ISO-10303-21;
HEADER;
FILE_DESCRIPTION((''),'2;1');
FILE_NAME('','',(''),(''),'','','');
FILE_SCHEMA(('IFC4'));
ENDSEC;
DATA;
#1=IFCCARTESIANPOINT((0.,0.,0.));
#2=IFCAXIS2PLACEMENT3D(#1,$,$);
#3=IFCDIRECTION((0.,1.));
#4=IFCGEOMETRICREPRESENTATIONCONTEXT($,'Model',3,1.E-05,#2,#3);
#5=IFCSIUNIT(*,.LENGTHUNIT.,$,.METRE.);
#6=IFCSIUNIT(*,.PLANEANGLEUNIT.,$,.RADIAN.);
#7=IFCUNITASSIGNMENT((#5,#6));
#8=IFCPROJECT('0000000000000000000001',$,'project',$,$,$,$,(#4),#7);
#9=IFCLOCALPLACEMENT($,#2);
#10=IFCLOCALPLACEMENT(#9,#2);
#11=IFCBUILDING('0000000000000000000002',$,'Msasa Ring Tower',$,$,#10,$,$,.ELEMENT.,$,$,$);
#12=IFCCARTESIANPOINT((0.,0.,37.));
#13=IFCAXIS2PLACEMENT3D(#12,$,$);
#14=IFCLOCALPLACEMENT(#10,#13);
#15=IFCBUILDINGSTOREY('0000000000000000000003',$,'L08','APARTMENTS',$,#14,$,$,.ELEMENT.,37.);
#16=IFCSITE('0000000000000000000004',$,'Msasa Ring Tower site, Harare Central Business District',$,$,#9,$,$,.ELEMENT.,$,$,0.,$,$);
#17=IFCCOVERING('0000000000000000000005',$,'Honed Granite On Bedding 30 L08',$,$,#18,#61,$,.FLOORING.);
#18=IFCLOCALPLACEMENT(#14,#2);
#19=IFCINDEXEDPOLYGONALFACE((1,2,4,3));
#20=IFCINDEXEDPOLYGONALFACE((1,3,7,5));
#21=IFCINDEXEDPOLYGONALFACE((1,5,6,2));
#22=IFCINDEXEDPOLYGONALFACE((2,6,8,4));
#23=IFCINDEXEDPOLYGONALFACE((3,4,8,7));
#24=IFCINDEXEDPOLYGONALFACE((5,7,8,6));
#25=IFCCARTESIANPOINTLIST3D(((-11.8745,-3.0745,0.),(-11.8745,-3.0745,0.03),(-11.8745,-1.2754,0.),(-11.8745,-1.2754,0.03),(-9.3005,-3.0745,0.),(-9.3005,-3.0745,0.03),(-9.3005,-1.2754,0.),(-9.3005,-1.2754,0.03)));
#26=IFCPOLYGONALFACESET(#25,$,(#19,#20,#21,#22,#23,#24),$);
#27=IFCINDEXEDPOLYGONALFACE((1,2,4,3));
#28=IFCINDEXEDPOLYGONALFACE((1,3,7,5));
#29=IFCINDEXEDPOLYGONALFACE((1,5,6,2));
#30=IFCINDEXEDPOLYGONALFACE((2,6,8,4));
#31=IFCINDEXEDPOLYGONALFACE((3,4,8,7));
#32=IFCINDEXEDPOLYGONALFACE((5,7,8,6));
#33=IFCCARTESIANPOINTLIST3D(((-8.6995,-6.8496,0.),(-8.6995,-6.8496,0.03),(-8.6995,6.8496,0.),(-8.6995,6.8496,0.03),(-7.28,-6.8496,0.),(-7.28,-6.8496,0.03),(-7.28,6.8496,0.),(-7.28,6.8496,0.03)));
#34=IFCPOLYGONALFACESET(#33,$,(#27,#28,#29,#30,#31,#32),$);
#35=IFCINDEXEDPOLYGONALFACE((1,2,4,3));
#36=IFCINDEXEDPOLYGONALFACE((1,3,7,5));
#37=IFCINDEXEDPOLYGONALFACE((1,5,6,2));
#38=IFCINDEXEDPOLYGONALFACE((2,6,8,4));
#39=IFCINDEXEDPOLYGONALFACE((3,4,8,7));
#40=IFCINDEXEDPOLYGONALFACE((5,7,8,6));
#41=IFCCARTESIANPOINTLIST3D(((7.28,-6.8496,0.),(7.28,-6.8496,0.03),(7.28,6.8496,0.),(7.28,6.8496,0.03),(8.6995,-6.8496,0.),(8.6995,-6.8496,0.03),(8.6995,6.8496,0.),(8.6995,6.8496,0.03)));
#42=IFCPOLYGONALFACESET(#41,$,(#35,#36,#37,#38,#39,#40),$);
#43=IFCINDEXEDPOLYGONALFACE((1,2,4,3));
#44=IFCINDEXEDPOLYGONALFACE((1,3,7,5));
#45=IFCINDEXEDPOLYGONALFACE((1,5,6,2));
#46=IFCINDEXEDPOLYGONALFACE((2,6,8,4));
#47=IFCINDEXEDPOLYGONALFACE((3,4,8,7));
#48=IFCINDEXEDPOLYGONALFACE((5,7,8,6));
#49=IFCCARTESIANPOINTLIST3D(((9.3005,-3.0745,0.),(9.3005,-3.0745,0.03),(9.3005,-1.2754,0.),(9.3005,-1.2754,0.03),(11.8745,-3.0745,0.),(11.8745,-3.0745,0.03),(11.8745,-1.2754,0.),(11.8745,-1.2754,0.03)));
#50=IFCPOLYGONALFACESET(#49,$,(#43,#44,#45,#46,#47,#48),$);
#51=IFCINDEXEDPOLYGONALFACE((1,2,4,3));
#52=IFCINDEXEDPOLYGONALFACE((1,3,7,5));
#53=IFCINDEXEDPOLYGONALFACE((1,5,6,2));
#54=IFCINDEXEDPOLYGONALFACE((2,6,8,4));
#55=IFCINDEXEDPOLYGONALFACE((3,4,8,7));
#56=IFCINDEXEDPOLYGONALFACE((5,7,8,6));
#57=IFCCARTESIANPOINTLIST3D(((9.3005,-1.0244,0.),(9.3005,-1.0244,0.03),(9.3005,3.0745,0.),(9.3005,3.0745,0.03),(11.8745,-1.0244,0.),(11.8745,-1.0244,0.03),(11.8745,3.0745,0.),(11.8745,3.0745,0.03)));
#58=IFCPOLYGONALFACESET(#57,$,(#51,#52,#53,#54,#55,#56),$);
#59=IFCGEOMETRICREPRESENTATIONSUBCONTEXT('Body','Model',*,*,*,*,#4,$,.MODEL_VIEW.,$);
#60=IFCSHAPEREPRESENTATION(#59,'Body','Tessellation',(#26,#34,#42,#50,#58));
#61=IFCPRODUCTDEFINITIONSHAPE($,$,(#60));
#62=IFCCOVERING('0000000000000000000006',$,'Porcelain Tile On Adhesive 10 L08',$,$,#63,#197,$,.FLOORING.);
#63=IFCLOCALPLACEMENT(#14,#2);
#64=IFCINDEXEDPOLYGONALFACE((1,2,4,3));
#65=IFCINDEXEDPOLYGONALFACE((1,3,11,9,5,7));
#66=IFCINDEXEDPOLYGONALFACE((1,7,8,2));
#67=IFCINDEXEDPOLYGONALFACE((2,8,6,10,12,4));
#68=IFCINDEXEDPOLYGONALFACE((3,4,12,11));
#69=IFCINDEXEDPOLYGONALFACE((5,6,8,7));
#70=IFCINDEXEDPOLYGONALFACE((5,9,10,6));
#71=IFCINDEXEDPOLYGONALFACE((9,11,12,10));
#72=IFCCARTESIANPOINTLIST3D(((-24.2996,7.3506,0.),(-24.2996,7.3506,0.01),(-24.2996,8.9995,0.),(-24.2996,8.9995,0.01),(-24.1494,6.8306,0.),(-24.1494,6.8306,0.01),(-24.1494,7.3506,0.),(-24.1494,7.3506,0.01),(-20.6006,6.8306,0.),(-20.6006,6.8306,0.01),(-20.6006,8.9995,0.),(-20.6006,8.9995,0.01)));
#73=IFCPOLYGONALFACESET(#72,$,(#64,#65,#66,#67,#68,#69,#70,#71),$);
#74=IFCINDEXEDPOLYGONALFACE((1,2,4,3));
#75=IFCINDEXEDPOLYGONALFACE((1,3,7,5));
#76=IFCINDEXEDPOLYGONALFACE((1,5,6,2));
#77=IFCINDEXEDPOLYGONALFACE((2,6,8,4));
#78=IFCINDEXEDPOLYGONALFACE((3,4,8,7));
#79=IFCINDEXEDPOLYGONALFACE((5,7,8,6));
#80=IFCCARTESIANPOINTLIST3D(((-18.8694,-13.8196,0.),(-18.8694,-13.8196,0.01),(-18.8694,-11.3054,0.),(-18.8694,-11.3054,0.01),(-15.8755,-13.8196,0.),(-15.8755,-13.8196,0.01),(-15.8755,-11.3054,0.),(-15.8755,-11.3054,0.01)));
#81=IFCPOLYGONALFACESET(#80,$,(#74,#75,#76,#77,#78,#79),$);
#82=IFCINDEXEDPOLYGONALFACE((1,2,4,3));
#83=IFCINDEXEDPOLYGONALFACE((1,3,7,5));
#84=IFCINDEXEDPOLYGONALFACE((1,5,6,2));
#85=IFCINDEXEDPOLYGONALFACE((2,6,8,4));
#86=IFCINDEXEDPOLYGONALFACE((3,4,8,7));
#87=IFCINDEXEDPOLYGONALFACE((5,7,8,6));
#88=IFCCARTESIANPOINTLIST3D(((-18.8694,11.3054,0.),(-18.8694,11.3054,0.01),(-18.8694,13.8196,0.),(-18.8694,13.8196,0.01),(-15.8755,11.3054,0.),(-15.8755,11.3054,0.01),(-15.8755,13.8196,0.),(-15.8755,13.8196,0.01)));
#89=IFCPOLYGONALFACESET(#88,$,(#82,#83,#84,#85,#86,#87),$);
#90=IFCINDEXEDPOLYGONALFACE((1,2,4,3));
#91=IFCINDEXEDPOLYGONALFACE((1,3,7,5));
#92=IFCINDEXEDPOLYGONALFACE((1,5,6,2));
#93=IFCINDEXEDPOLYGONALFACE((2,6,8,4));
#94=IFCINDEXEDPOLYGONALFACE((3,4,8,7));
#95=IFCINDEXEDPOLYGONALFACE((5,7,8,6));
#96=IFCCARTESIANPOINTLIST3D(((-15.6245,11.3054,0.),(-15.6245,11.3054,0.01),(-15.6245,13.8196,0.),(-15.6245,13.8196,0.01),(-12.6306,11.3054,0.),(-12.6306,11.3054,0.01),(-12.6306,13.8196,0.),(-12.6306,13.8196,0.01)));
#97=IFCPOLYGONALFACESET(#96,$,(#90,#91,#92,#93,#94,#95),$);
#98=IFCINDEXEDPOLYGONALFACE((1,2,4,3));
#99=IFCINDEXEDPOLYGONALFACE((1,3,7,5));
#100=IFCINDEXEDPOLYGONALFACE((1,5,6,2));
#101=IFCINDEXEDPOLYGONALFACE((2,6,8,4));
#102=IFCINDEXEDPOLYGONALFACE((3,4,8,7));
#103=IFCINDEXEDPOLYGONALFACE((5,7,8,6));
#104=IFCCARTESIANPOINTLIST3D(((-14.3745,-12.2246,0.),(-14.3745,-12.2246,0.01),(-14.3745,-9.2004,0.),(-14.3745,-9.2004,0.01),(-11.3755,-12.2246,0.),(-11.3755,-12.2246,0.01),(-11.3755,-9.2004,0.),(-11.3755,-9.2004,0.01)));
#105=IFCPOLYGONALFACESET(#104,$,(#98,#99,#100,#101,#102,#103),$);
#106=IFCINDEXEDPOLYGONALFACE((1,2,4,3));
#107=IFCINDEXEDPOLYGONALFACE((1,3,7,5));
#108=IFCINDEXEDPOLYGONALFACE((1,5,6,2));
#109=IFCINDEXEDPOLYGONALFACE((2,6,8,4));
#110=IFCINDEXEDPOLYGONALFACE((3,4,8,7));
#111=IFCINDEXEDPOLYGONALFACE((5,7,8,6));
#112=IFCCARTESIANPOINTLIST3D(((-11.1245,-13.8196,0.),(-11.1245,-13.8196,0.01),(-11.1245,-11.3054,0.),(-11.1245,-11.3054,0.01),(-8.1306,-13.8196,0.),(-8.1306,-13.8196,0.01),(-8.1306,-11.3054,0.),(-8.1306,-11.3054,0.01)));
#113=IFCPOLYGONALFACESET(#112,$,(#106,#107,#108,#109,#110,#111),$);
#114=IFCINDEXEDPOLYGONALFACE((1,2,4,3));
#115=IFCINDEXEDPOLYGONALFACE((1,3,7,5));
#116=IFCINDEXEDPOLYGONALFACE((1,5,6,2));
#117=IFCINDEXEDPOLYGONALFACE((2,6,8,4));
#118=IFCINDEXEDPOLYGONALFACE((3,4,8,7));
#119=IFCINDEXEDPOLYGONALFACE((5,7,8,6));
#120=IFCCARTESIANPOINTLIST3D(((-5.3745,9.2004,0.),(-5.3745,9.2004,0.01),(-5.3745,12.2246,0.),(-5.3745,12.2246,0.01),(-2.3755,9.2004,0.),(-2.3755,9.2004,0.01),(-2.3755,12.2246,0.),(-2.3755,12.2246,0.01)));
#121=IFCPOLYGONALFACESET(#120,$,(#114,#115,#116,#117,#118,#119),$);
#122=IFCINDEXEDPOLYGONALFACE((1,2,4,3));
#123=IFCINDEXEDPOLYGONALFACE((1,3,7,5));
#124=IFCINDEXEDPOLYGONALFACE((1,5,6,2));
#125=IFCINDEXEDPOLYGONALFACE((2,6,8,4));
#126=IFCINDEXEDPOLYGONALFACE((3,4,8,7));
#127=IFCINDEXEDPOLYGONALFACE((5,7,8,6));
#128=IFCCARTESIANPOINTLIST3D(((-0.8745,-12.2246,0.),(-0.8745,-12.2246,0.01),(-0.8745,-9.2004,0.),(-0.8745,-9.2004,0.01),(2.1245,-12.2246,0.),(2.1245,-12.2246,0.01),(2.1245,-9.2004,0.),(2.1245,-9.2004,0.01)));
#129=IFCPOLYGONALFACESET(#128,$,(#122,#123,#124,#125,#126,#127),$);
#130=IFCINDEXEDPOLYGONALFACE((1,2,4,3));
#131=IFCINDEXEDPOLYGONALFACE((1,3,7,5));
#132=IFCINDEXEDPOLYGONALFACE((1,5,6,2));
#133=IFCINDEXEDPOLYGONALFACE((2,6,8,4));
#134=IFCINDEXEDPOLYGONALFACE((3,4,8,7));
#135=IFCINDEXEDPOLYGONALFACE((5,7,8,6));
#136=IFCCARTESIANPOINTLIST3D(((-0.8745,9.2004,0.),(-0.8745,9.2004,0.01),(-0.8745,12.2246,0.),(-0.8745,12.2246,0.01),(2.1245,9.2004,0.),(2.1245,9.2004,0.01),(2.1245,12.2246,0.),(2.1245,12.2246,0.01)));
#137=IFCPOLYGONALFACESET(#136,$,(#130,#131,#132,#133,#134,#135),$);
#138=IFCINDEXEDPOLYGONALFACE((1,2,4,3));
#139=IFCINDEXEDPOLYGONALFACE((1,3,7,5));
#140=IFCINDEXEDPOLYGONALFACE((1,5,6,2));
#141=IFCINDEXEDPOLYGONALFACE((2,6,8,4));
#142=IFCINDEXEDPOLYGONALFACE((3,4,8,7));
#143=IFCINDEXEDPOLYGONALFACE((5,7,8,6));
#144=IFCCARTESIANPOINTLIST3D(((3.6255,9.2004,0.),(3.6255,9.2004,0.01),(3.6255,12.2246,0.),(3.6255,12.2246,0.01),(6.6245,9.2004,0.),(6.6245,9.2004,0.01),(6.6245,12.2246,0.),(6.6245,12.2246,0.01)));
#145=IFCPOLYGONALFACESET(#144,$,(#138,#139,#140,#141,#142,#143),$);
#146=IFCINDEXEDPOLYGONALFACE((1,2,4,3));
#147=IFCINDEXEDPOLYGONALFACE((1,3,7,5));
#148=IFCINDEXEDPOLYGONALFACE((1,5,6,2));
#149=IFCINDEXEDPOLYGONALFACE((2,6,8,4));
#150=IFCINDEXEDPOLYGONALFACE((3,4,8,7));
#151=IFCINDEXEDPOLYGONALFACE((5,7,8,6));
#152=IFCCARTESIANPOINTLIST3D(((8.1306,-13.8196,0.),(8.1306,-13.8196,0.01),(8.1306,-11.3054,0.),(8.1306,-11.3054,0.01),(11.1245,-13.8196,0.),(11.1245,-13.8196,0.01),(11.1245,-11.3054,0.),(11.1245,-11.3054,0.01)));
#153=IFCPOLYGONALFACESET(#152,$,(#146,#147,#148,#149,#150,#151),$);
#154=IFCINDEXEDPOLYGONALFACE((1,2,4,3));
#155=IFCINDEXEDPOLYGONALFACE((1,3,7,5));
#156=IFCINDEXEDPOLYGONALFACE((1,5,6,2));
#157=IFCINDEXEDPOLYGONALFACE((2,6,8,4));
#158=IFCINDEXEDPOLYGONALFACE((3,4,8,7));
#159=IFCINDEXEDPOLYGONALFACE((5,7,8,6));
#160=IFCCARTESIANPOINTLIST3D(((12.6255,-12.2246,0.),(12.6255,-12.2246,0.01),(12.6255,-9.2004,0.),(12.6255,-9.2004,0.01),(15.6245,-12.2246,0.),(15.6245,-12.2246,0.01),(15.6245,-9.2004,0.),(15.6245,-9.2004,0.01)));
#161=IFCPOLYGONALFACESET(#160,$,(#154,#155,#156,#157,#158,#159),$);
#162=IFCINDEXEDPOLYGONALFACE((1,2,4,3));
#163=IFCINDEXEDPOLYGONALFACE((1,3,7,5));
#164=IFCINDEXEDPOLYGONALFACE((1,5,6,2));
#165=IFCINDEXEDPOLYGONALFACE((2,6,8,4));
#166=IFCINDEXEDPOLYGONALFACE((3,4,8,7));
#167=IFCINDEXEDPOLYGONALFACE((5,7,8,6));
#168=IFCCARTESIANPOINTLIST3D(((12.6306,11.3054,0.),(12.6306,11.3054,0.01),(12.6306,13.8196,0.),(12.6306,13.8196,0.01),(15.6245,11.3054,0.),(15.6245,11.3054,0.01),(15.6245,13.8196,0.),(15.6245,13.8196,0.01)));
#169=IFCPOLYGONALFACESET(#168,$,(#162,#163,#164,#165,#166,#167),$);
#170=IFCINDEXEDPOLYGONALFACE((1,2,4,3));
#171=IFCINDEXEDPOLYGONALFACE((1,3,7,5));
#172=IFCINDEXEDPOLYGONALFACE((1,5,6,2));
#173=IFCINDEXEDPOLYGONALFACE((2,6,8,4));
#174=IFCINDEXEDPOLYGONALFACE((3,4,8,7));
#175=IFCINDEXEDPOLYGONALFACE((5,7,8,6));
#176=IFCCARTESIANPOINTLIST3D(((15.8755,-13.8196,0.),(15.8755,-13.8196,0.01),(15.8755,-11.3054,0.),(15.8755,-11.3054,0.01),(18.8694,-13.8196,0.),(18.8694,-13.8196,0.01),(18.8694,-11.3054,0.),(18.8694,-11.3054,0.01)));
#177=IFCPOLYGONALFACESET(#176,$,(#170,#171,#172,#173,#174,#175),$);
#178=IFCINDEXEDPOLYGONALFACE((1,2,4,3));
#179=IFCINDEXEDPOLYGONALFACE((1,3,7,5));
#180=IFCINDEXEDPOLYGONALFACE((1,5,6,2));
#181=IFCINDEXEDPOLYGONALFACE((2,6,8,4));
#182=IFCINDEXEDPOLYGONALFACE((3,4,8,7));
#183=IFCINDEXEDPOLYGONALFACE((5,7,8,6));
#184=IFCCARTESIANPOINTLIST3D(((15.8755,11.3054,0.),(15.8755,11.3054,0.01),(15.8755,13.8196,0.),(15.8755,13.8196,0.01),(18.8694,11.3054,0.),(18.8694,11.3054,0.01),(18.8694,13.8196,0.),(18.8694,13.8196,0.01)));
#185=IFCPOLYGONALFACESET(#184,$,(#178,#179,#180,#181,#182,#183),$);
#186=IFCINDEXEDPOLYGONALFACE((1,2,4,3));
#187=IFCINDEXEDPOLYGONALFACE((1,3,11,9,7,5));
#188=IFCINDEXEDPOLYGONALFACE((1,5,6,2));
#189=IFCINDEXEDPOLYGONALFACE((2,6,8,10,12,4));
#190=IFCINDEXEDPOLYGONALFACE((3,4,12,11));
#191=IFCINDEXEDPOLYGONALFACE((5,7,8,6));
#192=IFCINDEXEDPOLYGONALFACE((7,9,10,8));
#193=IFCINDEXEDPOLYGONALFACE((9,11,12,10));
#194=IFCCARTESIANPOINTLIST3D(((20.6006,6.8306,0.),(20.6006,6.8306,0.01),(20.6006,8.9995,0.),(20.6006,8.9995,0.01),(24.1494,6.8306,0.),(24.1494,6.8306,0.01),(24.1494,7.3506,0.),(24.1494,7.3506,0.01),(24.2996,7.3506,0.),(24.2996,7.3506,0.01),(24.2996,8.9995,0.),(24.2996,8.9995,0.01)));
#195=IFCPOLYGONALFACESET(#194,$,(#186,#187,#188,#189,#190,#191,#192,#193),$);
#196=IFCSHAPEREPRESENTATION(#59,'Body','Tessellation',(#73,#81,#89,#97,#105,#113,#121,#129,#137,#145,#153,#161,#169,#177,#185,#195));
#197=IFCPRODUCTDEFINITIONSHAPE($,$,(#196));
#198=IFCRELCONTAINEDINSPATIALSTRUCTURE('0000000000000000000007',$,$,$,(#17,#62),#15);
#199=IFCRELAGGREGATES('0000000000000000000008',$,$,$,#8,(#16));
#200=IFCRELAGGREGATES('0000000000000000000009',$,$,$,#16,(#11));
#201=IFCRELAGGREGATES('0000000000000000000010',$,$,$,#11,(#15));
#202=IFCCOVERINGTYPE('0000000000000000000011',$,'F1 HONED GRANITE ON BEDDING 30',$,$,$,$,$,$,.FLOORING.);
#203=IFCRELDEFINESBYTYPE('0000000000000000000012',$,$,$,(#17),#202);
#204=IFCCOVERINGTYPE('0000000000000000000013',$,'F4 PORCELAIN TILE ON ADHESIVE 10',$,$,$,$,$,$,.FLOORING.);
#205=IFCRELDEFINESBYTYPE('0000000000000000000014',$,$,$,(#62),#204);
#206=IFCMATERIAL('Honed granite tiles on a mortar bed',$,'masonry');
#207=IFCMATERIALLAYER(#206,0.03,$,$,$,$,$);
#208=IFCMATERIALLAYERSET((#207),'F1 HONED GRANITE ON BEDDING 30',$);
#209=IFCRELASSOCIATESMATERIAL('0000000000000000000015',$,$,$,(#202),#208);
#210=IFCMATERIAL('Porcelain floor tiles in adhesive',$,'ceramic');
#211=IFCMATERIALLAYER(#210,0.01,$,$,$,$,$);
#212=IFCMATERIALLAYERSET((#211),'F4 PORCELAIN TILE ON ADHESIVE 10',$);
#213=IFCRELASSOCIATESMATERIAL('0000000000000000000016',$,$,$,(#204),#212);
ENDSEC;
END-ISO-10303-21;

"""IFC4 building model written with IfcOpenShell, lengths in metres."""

from ifc_helpers import new_model, si_unit, direction, frame, origin, place, context, subcontext, project, spatial, line, indexed_curve, outline, extrude, material, layer, layer_set, type_object, element, save


model = new_model("IFC4")

# Units and contexts
model_context = context("Model", 3, precision=1e-05, world=origin(), true_north=direction((0.0, 1.0)))
body_context = subcontext(model_context, "Body", "Model", "MODEL_VIEW")
ifc_project = project(units=[si_unit("LENGTHUNIT", "METRE"), si_unit("PLANEANGLEUNIT", "RADIAN")], contexts=[model_context])

# Site, building, storey
site_placement = place(None, origin())
site = spatial("IfcSite", under=ifc_project, at=site_placement, Name="Msasa Ring Tower site, Harare Central Business District", CompositionType="ELEMENT", RefElevation=0.0)
building_placement = place(site_placement, origin())
building = spatial("IfcBuilding", under=site, at=building_placement, Name="Msasa Ring Tower", CompositionType="ELEMENT")
storey_placement = place(building_placement, frame((0.0, 0.0, 37.0)))
storey = spatial("IfcBuildingStorey", under=building, at=storey_placement, Name="L08", Description="APARTMENTS", CompositionType="ELEMENT", Elevation=37.0)

# Coverings
ifc_material_1 = material(Name="Honed granite tiles on a mortar bed", Category="masonry")
ifc_layer_1 = layer(ifc_material_1, 0.03)
ifc_layer_set_1 = layer_set([ifc_layer_1], Name="F1 HONED GRANITE ON BEDDING 30")
covering_type_1 = type_object("IfcCoveringType", Name="F1 HONED GRANITE ON BEDDING 30", PredefinedType="FLOORING", material=ifc_layer_set_1)
covering_1_placement = place(storey_placement, origin())
element("IfcCovering", 1, at=covering_1_placement, inside=storey, type_object=covering_type_1, Name="Honed Granite On Bedding 30 L08", PredefinedType="FLOORING", context=body_context, shape_type="SweptSolid", body=[
    extrude(outline(indexed_curve([(-11.8745, -3.0745), (-11.8745, -1.2754), (-9.3005, -1.2754), (-9.3005, -3.0745)], segments=[line(1, 2, 3, 4, 1)], self_intersect=False)), origin(), (0.0, 0.0, 1.0), 0.03),
    extrude(outline(indexed_curve([(-8.6995, -6.8496), (-8.6995, 6.8496), (-7.28, 6.8496), (-7.28, -6.8496)], segments=[line(1, 2, 3, 4, 1)], self_intersect=False)), origin(), (0.0, 0.0, 1.0), 0.03),
    extrude(outline(indexed_curve([(8.6995, 6.8496), (8.6995, -6.8496), (7.28, -6.8496), (7.28, 6.8496)], segments=[line(1, 2, 3, 4, 1)], self_intersect=False)), origin(), (0.0, 0.0, 1.0), 0.03),
    extrude(outline(indexed_curve([(9.3005, -3.0745), (9.3005, -1.2754), (11.8745, -1.2754), (11.8745, -3.0745)], segments=[line(1, 2, 3, 4, 1)], self_intersect=False)), origin(), (0.0, 0.0, 1.0), 0.03),
    extrude(outline(indexed_curve([(9.3005, 3.0745), (11.8745, 3.0745), (11.8745, -1.0244), (9.3005, -1.0244)], segments=[line(1, 2, 3, 4, 1)], self_intersect=False)), origin(), (0.0, 0.0, 1.0), 0.03),
])
ifc_material_2 = material(Name="Porcelain floor tiles in adhesive", Category="ceramic")
ifc_layer_2 = layer(ifc_material_2, 0.01)
ifc_layer_set_2 = layer_set([ifc_layer_2], Name="F4 PORCELAIN TILE ON ADHESIVE 10")
covering_type_2 = type_object("IfcCoveringType", Name="F4 PORCELAIN TILE ON ADHESIVE 10", PredefinedType="FLOORING", material=ifc_layer_set_2)
covering_2_placement = place(storey_placement, origin())
element("IfcCovering", 2, at=covering_2_placement, inside=storey, type_object=covering_type_2, Name="Porcelain Tile On Adhesive 10 L08", PredefinedType="FLOORING", context=body_context, shape_type="SweptSolid", body=[
    extrude(outline(indexed_curve([(-24.1494, 6.8306), (-24.1494, 7.3506), (-24.2996, 7.3506), (-24.2996, 8.9995), (-20.6006, 8.9995), (-20.6006, 6.8306)], segments=[line(1, 2, 3, 4, 5, 6, 1)], self_intersect=False)), origin(), (0.0, 0.0, 1.0), 0.01),
    extrude(outline(indexed_curve([(-15.8755, -11.3054), (-15.8755, -13.8196), (-18.8694, -13.8196), (-18.8694, -11.3054)], segments=[line(1, 2, 3, 4, 1)], self_intersect=False)), origin(), (0.0, 0.0, 1.0), 0.01),
    extrude(outline(indexed_curve([(-15.8755, 13.8196), (-15.8755, 11.3054), (-18.8694, 11.3054), (-18.8694, 13.8196)], segments=[line(1, 2, 3, 4, 1)], self_intersect=False)), origin(), (0.0, 0.0, 1.0), 0.01),
    extrude(outline(indexed_curve([(-12.6306, 13.8196), (-12.6306, 11.3054), (-15.6245, 11.3054), (-15.6245, 13.8196)], segments=[line(1, 2, 3, 4, 1)], self_intersect=False)), origin(), (0.0, 0.0, 1.0), 0.01),
    extrude(outline(indexed_curve([(-11.3755, -9.2004), (-11.3755, -12.2246), (-14.3745, -12.2246), (-14.3745, -9.2004)], segments=[line(1, 2, 3, 4, 1)], self_intersect=False)), origin(), (0.0, 0.0, 1.0), 0.01),
    extrude(outline(indexed_curve([(-8.1306, -11.3054), (-8.1306, -13.8196), (-11.1245, -13.8196), (-11.1245, -11.3054)], segments=[line(1, 2, 3, 4, 1)], self_intersect=False)), origin(), (0.0, 0.0, 1.0), 0.01),
    extrude(outline(indexed_curve([(-5.3745, 9.2004), (-5.3745, 12.2246), (-2.3755, 12.2246), (-2.3755, 9.2004)], segments=[line(1, 2, 3, 4, 1)], self_intersect=False)), origin(), (0.0, 0.0, 1.0), 0.01),
    extrude(outline(indexed_curve([(2.1245, -9.2004), (2.1245, -12.2246), (-0.8745, -12.2246), (-0.8745, -9.2004)], segments=[line(1, 2, 3, 4, 1)], self_intersect=False)), origin(), (0.0, 0.0, 1.0), 0.01),
    extrude(outline(indexed_curve([(-0.8745, 9.2004), (-0.8745, 12.2246), (2.1245, 12.2246), (2.1245, 9.2004)], segments=[line(1, 2, 3, 4, 1)], self_intersect=False)), origin(), (0.0, 0.0, 1.0), 0.01),
    extrude(outline(indexed_curve([(3.6255, 9.2004), (3.6255, 12.2246), (6.6245, 12.2246), (6.6245, 9.2004)], segments=[line(1, 2, 3, 4, 1)], self_intersect=False)), origin(), (0.0, 0.0, 1.0), 0.01),
    extrude(outline(indexed_curve([(11.1245, -11.3054), (11.1245, -13.8196), (8.1306, -13.8196), (8.1306, -11.3054)], segments=[line(1, 2, 3, 4, 1)], self_intersect=False)), origin(), (0.0, 0.0, 1.0), 0.01),
    extrude(outline(indexed_curve([(15.6245, -9.2004), (15.6245, -12.2246), (12.6255, -12.2246), (12.6255, -9.2004)], segments=[line(1, 2, 3, 4, 1)], self_intersect=False)), origin(), (0.0, 0.0, 1.0), 0.01),
    extrude(outline(indexed_curve([(15.6245, 13.8196), (15.6245, 11.3054), (12.6306, 11.3054), (12.6306, 13.8196)], segments=[line(1, 2, 3, 4, 1)], self_intersect=False)), origin(), (0.0, 0.0, 1.0), 0.01),
    extrude(outline(indexed_curve([(18.8694, -11.3054), (18.8694, -13.8196), (15.8755, -13.8196), (15.8755, -11.3054)], segments=[line(1, 2, 3, 4, 1)], self_intersect=False)), origin(), (0.0, 0.0, 1.0), 0.01),
    extrude(outline(indexed_curve([(18.8694, 13.8196), (18.8694, 11.3054), (15.8755, 11.3054), (15.8755, 13.8196)], segments=[line(1, 2, 3, 4, 1)], self_intersect=False)), origin(), (0.0, 0.0, 1.0), 0.01),
    extrude(outline(indexed_curve([(20.6006, 8.9995), (24.2996, 8.9995), (24.2996, 7.3506), (24.1494, 7.3506), (24.1494, 6.8306), (20.6006, 6.8306)], segments=[line(1, 2, 3, 4, 5, 6, 1)], self_intersect=False)), origin(), (0.0, 0.0, 1.0), 0.01),
])

save(model, "model.ifc")
